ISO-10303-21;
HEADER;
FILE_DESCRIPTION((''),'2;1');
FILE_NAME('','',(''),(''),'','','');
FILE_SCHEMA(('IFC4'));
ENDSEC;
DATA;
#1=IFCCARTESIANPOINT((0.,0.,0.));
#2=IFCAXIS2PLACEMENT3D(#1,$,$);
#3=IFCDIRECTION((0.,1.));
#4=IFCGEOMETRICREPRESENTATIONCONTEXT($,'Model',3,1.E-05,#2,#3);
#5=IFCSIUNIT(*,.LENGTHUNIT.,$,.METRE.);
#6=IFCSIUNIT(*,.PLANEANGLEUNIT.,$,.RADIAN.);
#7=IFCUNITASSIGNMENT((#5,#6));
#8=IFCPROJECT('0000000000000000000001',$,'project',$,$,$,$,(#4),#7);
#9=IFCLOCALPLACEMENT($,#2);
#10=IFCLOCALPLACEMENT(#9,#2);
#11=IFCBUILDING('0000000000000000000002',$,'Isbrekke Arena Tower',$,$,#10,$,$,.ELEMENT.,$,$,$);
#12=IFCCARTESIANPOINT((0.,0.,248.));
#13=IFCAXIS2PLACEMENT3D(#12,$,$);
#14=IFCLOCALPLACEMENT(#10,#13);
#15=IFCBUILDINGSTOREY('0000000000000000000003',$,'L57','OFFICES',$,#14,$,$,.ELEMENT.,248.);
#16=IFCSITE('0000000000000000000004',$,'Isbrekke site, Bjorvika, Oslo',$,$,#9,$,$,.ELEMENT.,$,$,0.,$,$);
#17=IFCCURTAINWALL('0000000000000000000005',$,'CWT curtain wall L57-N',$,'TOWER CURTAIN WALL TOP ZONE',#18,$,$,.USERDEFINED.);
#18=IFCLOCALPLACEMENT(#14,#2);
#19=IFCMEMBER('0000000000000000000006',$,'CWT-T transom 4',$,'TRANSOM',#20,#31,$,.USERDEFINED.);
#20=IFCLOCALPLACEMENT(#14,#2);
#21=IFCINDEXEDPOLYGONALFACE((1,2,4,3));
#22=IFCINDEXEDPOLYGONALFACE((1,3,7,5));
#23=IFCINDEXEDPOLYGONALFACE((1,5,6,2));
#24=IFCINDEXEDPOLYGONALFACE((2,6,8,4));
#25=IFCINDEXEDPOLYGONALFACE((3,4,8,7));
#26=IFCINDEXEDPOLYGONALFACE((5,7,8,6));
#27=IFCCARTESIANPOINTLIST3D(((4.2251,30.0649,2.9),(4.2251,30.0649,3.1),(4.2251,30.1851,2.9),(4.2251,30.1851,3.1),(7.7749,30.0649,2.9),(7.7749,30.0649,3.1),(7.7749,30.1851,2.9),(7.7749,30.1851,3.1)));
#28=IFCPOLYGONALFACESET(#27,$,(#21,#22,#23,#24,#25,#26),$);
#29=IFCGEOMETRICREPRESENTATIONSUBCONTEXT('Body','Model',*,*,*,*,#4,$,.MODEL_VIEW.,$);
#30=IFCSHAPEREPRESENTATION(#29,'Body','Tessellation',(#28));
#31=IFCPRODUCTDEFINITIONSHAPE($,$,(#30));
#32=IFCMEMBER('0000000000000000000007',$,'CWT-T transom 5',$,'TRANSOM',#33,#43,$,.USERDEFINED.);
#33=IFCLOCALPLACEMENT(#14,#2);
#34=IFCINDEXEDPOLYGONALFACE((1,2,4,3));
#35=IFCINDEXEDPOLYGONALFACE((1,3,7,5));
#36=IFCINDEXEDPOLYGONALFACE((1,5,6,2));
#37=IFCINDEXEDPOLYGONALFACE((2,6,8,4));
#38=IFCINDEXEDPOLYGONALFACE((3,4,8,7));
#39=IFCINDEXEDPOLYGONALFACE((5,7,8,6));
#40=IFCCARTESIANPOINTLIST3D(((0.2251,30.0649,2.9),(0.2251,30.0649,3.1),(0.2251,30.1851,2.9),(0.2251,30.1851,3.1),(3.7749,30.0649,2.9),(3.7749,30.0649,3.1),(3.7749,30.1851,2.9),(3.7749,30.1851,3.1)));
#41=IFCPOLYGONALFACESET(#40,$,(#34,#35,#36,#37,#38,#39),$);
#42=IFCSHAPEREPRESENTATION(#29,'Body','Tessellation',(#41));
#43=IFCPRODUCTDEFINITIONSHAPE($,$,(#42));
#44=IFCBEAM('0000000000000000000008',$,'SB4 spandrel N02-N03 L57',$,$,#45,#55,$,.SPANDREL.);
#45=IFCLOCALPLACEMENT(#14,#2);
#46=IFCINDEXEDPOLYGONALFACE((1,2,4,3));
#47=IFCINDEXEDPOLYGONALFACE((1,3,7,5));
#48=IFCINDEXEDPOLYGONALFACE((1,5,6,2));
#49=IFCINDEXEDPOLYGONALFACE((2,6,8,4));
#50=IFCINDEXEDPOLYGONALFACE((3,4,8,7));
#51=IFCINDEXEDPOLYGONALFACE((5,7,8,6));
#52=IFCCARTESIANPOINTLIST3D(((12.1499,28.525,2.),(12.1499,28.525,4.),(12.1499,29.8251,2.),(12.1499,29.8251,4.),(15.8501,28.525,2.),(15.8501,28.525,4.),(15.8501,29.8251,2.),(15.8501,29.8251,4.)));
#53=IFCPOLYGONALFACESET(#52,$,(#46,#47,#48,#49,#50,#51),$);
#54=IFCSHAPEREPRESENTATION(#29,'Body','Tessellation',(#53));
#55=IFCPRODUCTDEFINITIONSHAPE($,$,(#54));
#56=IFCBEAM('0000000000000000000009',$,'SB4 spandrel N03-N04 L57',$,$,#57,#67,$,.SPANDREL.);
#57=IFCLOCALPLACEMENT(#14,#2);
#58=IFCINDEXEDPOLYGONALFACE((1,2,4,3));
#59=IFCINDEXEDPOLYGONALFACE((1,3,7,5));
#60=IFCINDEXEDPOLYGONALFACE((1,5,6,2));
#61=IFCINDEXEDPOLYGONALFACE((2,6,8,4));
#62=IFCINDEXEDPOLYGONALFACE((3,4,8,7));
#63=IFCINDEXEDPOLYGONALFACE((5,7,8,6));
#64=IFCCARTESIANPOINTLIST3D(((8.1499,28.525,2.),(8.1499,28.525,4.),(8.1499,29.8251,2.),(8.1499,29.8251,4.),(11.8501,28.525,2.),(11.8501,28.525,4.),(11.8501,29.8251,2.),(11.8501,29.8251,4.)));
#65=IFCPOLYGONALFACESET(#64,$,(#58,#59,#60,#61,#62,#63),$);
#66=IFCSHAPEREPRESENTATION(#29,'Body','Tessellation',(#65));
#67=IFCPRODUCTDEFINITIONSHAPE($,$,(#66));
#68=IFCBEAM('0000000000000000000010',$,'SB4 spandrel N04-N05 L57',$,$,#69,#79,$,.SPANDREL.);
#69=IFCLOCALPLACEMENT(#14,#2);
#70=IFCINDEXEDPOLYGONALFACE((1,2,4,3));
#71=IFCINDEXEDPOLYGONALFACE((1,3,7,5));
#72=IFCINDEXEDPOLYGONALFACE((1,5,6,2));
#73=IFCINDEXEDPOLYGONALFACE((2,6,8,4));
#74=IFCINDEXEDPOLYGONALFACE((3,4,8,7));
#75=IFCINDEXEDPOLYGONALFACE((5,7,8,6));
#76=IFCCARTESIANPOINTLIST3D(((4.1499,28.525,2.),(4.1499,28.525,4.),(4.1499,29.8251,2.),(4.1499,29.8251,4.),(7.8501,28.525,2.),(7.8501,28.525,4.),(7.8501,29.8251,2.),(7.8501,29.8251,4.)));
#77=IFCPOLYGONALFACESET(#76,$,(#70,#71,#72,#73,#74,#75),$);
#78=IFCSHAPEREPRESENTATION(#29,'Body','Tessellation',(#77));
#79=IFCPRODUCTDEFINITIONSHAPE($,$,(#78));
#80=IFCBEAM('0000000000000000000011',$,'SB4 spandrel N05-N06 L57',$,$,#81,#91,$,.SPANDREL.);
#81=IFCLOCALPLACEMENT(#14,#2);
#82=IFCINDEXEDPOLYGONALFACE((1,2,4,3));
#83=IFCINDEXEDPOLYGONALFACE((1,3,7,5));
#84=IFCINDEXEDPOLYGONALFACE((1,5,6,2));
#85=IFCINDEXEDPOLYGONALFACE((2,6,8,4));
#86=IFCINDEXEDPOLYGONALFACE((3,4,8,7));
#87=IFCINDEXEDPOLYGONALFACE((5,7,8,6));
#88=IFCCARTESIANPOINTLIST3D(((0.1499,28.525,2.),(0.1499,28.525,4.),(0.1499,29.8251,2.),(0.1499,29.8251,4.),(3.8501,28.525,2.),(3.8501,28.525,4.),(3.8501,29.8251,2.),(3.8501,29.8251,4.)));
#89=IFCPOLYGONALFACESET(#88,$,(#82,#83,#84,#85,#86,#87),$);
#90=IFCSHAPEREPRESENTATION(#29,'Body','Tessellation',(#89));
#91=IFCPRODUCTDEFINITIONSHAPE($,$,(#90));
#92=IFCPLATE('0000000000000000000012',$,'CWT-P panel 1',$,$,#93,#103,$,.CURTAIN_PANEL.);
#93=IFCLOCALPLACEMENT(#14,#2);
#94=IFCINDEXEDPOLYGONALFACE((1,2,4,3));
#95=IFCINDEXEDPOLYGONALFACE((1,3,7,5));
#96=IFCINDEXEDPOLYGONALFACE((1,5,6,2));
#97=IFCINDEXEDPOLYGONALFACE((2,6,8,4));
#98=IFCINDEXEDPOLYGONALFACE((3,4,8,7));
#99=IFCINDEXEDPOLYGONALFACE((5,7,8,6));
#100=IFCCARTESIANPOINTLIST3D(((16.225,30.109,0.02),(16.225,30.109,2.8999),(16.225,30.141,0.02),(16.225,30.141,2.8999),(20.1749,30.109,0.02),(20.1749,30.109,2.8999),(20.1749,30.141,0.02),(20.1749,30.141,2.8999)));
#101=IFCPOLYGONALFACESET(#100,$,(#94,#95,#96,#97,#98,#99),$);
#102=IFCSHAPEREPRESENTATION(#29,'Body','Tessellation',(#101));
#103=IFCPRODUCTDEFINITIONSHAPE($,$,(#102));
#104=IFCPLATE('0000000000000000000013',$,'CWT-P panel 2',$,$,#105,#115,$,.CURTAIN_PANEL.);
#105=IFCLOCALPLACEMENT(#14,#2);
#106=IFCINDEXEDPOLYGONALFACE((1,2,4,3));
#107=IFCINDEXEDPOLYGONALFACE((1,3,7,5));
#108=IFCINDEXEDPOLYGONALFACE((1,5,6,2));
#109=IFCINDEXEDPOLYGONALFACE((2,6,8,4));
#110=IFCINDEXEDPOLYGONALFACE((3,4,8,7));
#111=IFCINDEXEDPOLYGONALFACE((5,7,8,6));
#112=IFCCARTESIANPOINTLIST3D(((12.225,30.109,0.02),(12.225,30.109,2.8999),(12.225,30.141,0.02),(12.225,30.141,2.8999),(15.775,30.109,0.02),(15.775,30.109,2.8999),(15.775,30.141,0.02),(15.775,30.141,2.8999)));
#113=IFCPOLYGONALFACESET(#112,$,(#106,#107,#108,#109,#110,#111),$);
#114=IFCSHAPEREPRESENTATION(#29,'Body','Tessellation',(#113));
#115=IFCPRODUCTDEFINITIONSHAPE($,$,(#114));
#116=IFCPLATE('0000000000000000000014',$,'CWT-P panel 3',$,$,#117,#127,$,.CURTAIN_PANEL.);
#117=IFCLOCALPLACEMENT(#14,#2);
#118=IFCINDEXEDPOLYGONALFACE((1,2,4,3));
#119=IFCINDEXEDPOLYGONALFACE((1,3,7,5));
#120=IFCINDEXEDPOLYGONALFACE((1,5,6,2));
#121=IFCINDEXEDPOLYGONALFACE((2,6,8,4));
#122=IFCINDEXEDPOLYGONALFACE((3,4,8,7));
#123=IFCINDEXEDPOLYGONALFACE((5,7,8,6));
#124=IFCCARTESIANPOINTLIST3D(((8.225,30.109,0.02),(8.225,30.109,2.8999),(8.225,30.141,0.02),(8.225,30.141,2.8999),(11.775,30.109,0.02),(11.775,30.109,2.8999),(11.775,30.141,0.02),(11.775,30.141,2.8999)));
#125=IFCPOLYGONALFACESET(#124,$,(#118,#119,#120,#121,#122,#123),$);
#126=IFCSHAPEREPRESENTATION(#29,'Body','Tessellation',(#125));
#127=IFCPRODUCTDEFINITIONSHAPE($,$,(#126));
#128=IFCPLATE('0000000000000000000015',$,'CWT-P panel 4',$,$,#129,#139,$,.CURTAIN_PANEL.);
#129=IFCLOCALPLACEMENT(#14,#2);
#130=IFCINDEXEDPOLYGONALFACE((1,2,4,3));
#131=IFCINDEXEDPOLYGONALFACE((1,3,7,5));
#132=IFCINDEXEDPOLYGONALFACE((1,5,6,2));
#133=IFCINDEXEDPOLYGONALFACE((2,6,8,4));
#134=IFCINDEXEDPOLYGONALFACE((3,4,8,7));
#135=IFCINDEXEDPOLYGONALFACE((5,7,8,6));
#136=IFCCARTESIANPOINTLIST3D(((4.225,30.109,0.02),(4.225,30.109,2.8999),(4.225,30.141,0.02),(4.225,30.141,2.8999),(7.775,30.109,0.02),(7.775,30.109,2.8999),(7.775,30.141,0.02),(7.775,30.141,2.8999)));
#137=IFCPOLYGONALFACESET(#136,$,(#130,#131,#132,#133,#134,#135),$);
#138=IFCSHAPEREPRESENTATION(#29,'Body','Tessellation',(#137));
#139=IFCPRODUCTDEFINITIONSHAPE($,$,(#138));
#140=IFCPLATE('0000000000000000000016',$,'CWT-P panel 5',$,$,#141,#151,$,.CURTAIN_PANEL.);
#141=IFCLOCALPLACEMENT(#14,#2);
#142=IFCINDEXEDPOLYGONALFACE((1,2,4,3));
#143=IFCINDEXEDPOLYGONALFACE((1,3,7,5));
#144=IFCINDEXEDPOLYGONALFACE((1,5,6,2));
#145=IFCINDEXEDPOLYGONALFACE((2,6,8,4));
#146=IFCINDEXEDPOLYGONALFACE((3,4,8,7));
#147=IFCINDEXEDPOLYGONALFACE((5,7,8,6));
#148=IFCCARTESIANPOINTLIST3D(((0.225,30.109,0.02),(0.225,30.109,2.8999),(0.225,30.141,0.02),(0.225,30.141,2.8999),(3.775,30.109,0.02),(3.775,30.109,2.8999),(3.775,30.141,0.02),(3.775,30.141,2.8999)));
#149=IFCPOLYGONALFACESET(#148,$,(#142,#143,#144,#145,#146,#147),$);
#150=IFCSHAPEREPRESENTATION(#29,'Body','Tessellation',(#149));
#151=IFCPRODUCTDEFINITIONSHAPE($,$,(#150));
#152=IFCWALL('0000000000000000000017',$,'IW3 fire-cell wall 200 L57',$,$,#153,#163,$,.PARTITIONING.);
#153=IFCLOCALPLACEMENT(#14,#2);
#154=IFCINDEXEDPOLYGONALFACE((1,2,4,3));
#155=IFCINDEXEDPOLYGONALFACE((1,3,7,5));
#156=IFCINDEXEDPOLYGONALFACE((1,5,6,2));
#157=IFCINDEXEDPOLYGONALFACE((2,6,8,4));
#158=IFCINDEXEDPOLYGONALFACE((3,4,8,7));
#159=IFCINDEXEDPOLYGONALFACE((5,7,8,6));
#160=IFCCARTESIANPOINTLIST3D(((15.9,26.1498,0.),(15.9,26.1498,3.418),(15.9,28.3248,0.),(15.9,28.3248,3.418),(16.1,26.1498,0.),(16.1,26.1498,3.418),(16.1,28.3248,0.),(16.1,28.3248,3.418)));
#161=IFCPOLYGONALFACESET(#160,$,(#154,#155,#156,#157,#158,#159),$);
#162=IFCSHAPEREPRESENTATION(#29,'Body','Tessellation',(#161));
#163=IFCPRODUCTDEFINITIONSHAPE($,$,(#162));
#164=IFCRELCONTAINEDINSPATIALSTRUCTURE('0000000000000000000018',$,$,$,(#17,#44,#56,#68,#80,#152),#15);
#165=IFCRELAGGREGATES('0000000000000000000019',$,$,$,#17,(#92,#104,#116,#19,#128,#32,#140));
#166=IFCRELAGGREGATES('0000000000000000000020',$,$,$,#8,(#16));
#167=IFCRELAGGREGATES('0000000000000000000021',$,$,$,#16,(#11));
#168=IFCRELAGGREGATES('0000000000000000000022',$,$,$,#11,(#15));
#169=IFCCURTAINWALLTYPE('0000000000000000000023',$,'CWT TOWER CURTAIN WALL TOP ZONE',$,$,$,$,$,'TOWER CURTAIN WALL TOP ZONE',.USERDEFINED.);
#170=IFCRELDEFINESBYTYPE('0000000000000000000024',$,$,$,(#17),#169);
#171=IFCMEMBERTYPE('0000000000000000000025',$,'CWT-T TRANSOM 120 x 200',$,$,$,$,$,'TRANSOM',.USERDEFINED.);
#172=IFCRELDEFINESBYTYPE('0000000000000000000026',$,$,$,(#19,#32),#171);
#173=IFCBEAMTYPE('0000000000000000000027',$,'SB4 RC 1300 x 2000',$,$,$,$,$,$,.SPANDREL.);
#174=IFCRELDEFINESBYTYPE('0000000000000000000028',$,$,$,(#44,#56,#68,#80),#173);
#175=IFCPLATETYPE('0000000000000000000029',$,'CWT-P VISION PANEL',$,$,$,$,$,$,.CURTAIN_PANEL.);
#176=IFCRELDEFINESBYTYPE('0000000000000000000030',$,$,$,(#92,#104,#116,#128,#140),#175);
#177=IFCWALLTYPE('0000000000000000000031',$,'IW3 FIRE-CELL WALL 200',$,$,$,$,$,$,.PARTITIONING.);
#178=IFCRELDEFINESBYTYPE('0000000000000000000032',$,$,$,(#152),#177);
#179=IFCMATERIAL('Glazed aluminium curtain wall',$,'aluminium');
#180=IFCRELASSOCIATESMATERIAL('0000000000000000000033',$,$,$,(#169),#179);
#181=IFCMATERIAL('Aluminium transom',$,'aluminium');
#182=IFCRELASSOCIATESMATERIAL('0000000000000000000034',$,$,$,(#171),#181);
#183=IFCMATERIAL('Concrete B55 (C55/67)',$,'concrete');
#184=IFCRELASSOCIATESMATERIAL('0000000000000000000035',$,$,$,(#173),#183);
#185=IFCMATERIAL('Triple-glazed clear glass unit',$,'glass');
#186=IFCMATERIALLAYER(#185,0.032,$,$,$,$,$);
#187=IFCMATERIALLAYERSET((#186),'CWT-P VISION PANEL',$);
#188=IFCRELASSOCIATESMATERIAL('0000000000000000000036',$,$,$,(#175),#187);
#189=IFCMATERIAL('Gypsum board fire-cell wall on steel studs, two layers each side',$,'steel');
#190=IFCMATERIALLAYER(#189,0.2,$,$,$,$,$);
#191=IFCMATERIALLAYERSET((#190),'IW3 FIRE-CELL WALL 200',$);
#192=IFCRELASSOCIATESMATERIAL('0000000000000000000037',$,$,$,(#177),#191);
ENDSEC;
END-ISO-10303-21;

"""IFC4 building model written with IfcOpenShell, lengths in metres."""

from ifc_helpers import new_model, si_unit, direction, frame, frame_2d, origin, origin_2d, place, context, subcontext, project, spatial, rectangle, extrude, material, layer, layer_set, material_profile, profile_set, type_object, element, aggregate, save


model = new_model("IFC4")

# Units and contexts
model_context = context("Model", 3, precision=1e-05, world=origin(), true_north=direction((0.0, 1.0)))
body_context = subcontext(model_context, "Body", "Model", "MODEL_VIEW")
ifc_project = project(units=[si_unit("LENGTHUNIT", "METRE"), si_unit("PLANEANGLEUNIT", "RADIAN")], contexts=[model_context])

# Site, building, storey
site_placement = place(None, origin())
site = spatial("IfcSite", under=ifc_project, at=site_placement, Name="Isbrekke site, Bjorvika, Oslo", CompositionType="ELEMENT", RefElevation=0.0)
building_placement = place(site_placement, origin())
building = spatial("IfcBuilding", under=site, at=building_placement, Name="Isbrekke Arena Tower", CompositionType="ELEMENT")
storey_placement = place(building_placement, frame((0.0, 0.0, 248.0)))
storey = spatial("IfcBuildingStorey", under=building, at=storey_placement, Name="L57", Description="OFFICES", CompositionType="ELEMENT", Elevation=248.0)

# Curtain wall, members
ifc_material_1 = material(Name="Glazed aluminium curtain wall", Category="aluminium")
curtain_wall_type = type_object("IfcCurtainWallType", Name="CWT TOWER CURTAIN WALL TOP ZONE", ElementType="TOWER CURTAIN WALL TOP ZONE", PredefinedType="USERDEFINED", material=ifc_material_1)
curtain_wall_placement = place(storey_placement, origin())
curtain_wall = element("IfcCurtainWall", 1, at=curtain_wall_placement, inside=storey, type_object=curtain_wall_type, Name="CWT curtain wall L57-N", ObjectType="TOWER CURTAIN WALL TOP ZONE", PredefinedType="USERDEFINED")
ifc_material_2 = material(Name="Aluminium transom", Category="aluminium")
ifc_material_profile_1 = material_profile(ifc_material_2, rectangle(XDim=0.1201, YDim=0.2, at=origin_2d()), Name="TRANSOM 120X200")
ifc_profile_set_1 = profile_set([ifc_material_profile_1], Name="Aluminium transom")
member_type_1 = type_object("IfcMemberType", Name="CWT-T TRANSOM 120 x 200", ElementType="TRANSOM", PredefinedType="USERDEFINED", material=ifc_profile_set_1)
member_1_placement = place(storey_placement, frame((7.7749, 30.125, 3.0), z_axis=(-1.0, 0.0, 0.0), x_axis=(0.0, -1.0, 0.0)))
member_1 = element("IfcMember", 2, at=member_1_placement, type_object=member_type_1, Name="CWT-T transom 4", ObjectType="TRANSOM", PredefinedType="USERDEFINED", context=body_context, shape_type="SweptSolid", body=[
    extrude(rectangle(XDim=0.1201, YDim=0.2, at=origin_2d()), origin(), (0.0, 0.0, 1.0), 3.5498),
])
member_2_placement = place(storey_placement, frame((3.7749, 30.125, 3.0), z_axis=(-1.0, 0.0, 0.0), x_axis=(0.0, -1.0, 0.0)))
member_2 = element("IfcMember", 3, at=member_2_placement, type_object=member_type_1, Name="CWT-T transom 5", ObjectType="TRANSOM", PredefinedType="USERDEFINED", context=body_context, shape_type="SweptSolid", body=[
    extrude(rectangle(XDim=0.1201, YDim=0.2, at=origin_2d()), origin(), (0.0, 0.0, 1.0), 3.5498),
])

# Beams
ifc_material_3 = material(Name="Concrete B55 (C55/67)", Category="concrete")
ifc_material_profile_2 = material_profile(ifc_material_3, rectangle(XDim=1.3, YDim=2.0, at=origin_2d()), Name="RC 1300x2000")
ifc_profile_set_2 = profile_set([ifc_material_profile_2], Name="Concrete B55 (C55/67)")
beam_type_1 = type_object("IfcBeamType", Name="SB4 RC 1300 x 2000", PredefinedType="SPANDREL", material=ifc_profile_set_2)
for number, where, z_axis, x_axis, name in (
    (4, (15.8501, 29.175, 3.0), (-1.0, 0.0, 0.0), (0.0, -1.0, 0.0), "SB4 spandrel N02-N03 L57"),
    (5, (11.8501, 29.175, 3.0), (-1.0, 0.0, 0.0), (0.0, -1.0, 0.0), "SB4 spandrel N03-N04 L57"),
    (6, (7.8501, 29.175, 3.0), (-1.0, 0.0, 0.0), (0.0, -1.0, 0.0), "SB4 spandrel N04-N05 L57"),
    (7, (3.8501, 29.175, 3.0), (-1.0, 0.0, 0.0), (0.0, -1.0, 0.0), "SB4 spandrel N05-N06 L57"),
):
    element("IfcBeam", number, at=place(storey_placement, frame(where, z_axis=z_axis, x_axis=x_axis)), inside=storey, type_object=beam_type_1, Name=name, PredefinedType="SPANDREL", context=body_context, shape_type="SweptSolid", body=[
        extrude(rectangle(XDim=1.3, YDim=2.0, at=origin_2d()), origin(), (0.0, 0.0, 1.0), 3.7002),
    ])

# Plates
ifc_material_4 = material(Name="Triple-glazed clear glass unit", Category="glass")
ifc_layer_1 = layer(ifc_material_4, 0.032)
ifc_layer_set_1 = layer_set([ifc_layer_1], Name="CWT-P VISION PANEL")
plate_type = type_object("IfcPlateType", Name="CWT-P VISION PANEL", PredefinedType="CURTAIN_PANEL", material=ifc_layer_set_1)
plate_1_placement = place(storey_placement, frame((18.2, 30.125, 0.02), z_axis=(0.0, 0.0, 1.0), x_axis=(-1.0, 0.0, 0.0)))
plate_1 = element("IfcPlate", 8, at=plate_1_placement, type_object=plate_type, Name="CWT-P panel 1", PredefinedType="CURTAIN_PANEL", context=body_context, shape_type="SweptSolid", body=[
    extrude(rectangle(XDim=3.95, YDim=0.032, at=origin_2d()), origin(), (0.0, 0.0, 1.0), 2.8799),
])
plate_2_placement = place(storey_placement, frame((14.0, 30.125, 0.02), z_axis=(0.0, 0.0, 1.0), x_axis=(-1.0, 0.0, 0.0)))
plate_2 = element("IfcPlate", 9, at=plate_2_placement, type_object=plate_type, Name="CWT-P panel 2", PredefinedType="CURTAIN_PANEL", context=body_context, shape_type="SweptSolid", body=[
    extrude(rectangle(XDim=3.55, YDim=0.032, at=origin_2d()), origin(), (0.0, 0.0, 1.0), 2.8799),
])
plate_3_placement = place(storey_placement, frame((10.0, 30.125, 0.02), z_axis=(0.0, 0.0, 1.0), x_axis=(-1.0, 0.0, 0.0)))
plate_3 = element("IfcPlate", 10, at=plate_3_placement, type_object=plate_type, Name="CWT-P panel 3", PredefinedType="CURTAIN_PANEL", context=body_context, shape_type="SweptSolid", body=[
    extrude(rectangle(XDim=3.55, YDim=0.032, at=origin_2d()), origin(), (0.0, 0.0, 1.0), 2.8799),
])
plate_4_placement = place(storey_placement, frame((6.0, 30.125, 0.02), z_axis=(0.0, 0.0, 1.0), x_axis=(-1.0, 0.0, 0.0)))
plate_4 = element("IfcPlate", 11, at=plate_4_placement, type_object=plate_type, Name="CWT-P panel 4", PredefinedType="CURTAIN_PANEL", context=body_context, shape_type="SweptSolid", body=[
    extrude(rectangle(XDim=3.55, YDim=0.032, at=origin_2d()), origin(), (0.0, 0.0, 1.0), 2.8799),
])
plate_5_placement = place(storey_placement, frame((2.0, 30.125, 0.02), z_axis=(0.0, 0.0, 1.0), x_axis=(-1.0, 0.0, 0.0)))
plate_5 = element("IfcPlate", 12, at=plate_5_placement, type_object=plate_type, Name="CWT-P panel 5", PredefinedType="CURTAIN_PANEL", context=body_context, shape_type="SweptSolid", body=[
    extrude(rectangle(XDim=3.55, YDim=0.032, at=origin_2d()), origin(), (0.0, 0.0, 1.0), 2.8799),
])
aggregate(curtain_wall, [plate_1, plate_2, plate_3, member_1, plate_4, member_2, plate_5])

# Wall
ifc_material_5 = material(Name="Gypsum board fire-cell wall on steel studs, two layers each side", Category="steel")
ifc_layer_2 = layer(ifc_material_5, 0.2)
ifc_layer_set_2 = layer_set([ifc_layer_2], Name="IW3 FIRE-CELL WALL 200")
wall_type = type_object("IfcWallType", Name="IW3 FIRE-CELL WALL 200", PredefinedType="PARTITIONING", material=ifc_layer_set_2)
wall_placement = place(storey_placement, frame((16.0, 26.1499, 0.0), z_axis=(0.0, 0.0, 1.0), x_axis=(0.0, 1.0, 0.0)))
element("IfcWall", 13, at=wall_placement, inside=storey, type_object=wall_type, Name="IW3 fire-cell wall 200 L57", PredefinedType="PARTITIONING", context=body_context, shape_type="SweptSolid", body=[
    extrude(rectangle(XDim=2.175, YDim=0.2, at=frame_2d((1.0874, 0.0))), origin(), (0.0, 0.0, 1.0), 3.418),
])

save(model, "model.ifc")
